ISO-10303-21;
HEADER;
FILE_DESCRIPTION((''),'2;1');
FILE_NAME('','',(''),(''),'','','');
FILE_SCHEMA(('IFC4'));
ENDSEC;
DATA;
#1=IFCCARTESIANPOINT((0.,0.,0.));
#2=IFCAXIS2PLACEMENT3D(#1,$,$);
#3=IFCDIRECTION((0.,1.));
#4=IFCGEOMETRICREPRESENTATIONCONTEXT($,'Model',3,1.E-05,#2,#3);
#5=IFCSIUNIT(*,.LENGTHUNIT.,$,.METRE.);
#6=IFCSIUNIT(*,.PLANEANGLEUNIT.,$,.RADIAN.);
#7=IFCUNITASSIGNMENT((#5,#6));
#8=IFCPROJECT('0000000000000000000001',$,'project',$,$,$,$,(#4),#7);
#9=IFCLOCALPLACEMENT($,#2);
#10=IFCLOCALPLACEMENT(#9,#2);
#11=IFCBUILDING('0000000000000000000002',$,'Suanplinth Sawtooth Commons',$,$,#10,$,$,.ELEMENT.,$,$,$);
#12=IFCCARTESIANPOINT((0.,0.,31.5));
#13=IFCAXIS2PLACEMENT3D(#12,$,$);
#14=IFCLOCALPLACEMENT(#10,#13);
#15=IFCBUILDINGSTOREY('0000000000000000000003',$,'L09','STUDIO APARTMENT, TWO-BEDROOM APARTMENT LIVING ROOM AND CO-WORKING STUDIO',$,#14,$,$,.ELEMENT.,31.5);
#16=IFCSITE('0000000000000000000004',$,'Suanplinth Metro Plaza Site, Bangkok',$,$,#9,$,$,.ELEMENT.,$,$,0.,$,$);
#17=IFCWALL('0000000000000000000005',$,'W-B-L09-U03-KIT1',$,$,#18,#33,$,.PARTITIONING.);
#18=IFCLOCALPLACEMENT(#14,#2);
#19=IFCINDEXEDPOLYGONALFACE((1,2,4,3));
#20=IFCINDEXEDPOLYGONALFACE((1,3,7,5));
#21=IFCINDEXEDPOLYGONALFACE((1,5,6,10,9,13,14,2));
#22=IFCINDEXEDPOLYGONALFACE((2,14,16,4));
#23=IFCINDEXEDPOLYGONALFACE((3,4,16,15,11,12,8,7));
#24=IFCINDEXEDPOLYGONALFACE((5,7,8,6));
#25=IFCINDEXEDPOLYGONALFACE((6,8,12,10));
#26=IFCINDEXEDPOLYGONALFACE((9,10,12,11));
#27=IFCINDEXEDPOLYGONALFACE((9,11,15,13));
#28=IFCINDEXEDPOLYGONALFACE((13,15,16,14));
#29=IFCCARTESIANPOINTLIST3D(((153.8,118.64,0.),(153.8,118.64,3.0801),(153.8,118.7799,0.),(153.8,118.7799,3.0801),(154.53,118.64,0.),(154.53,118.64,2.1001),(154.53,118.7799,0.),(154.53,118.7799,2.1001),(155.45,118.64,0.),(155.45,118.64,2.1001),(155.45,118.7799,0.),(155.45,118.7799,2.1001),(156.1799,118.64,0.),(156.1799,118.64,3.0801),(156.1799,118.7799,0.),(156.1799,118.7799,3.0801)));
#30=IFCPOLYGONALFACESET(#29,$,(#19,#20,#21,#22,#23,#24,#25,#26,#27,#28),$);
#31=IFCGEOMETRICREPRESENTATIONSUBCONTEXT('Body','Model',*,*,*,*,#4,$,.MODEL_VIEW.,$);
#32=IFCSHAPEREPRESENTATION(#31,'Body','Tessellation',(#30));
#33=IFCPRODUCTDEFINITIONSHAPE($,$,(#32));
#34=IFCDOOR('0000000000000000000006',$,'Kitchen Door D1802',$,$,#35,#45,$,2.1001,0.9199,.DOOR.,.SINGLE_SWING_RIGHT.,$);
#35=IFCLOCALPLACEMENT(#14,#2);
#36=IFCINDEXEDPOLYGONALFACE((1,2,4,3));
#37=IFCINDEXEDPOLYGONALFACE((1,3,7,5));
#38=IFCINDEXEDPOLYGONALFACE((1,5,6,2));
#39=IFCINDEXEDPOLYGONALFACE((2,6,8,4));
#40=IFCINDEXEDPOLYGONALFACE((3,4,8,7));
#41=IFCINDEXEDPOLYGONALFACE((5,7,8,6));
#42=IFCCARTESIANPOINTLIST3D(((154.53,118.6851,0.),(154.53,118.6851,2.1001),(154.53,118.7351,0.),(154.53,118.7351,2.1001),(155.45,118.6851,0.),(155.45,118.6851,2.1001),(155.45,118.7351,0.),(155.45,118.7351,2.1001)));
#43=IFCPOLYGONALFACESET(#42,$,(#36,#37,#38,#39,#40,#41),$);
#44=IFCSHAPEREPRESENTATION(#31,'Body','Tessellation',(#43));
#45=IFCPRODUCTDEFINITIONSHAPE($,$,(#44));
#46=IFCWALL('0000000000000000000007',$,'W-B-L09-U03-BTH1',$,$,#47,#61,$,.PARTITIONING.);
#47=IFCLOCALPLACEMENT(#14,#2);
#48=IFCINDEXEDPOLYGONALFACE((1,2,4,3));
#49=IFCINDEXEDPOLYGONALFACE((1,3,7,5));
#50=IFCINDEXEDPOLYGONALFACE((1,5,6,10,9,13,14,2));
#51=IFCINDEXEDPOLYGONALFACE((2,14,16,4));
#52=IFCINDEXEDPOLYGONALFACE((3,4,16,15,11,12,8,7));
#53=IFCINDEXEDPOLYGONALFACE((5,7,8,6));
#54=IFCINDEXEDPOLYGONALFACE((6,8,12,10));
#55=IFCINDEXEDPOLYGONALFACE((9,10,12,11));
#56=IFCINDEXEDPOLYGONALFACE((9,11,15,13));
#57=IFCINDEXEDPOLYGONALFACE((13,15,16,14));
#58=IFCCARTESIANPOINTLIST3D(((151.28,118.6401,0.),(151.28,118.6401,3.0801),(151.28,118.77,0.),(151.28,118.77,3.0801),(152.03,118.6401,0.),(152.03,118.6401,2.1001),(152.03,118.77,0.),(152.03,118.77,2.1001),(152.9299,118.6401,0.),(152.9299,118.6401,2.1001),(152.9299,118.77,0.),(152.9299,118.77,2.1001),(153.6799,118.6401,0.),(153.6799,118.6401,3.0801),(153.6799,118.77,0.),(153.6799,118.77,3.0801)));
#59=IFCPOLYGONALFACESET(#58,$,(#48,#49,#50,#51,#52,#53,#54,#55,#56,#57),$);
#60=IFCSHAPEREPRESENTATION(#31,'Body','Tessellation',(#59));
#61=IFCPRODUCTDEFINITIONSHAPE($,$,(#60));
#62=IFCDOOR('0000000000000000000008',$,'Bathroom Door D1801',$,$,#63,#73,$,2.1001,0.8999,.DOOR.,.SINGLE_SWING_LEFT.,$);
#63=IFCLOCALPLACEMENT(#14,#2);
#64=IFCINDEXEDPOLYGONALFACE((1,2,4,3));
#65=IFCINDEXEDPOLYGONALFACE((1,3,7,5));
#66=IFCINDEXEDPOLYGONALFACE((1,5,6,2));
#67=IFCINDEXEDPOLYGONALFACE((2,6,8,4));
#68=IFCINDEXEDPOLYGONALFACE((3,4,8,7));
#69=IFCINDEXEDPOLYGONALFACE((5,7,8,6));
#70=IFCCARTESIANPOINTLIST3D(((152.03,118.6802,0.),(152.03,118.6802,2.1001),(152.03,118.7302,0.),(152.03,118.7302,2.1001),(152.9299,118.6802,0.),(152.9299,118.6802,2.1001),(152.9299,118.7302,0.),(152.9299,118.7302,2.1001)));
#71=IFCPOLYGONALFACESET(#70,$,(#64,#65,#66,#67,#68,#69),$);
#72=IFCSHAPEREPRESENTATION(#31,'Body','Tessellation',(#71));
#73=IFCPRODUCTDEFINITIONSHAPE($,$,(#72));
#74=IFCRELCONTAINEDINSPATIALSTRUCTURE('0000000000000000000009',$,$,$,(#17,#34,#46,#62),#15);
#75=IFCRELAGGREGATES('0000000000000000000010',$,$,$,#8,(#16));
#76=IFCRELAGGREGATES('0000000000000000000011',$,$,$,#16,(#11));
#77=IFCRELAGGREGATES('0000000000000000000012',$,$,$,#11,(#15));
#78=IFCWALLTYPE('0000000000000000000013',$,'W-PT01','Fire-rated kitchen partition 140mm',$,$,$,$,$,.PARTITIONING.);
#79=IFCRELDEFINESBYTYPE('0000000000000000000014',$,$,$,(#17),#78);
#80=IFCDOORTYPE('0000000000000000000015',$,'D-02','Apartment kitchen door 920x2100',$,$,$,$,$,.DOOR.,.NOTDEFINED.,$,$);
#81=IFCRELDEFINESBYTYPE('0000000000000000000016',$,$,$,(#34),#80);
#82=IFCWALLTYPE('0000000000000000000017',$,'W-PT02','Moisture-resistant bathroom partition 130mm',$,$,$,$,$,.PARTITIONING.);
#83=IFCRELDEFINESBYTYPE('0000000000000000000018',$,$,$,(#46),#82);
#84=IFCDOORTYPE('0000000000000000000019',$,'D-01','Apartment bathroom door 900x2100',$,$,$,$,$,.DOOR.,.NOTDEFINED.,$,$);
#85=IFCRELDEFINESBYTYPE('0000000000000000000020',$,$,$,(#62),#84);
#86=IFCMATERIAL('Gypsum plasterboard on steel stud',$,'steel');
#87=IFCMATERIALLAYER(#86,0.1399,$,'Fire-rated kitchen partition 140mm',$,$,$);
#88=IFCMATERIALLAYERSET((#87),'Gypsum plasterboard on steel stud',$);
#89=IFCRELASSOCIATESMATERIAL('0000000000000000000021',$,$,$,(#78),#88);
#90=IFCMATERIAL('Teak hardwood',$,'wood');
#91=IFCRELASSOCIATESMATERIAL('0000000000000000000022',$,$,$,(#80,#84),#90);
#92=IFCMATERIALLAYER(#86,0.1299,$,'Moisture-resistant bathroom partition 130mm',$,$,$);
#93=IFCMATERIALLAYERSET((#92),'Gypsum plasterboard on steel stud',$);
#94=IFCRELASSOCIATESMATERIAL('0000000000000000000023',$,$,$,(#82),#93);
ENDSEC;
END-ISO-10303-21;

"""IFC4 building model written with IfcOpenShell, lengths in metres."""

from ifc_helpers import new_model, si_unit, direction, frame, frame_2d, origin, place, context, subcontext, project, spatial, rectangle, extrude, material, layer, layer_set, type_object, element, fill, save


model = new_model("IFC4")

# Units and contexts
model_context = context("Model", 3, precision=1e-05, world=origin(), true_north=direction((0.0, 1.0)))
body_context = subcontext(model_context, "Body", "Model", "MODEL_VIEW")
ifc_project = project(units=[si_unit("LENGTHUNIT", "METRE"), si_unit("PLANEANGLEUNIT", "RADIAN")], contexts=[model_context])

# Site, building, storey
site_placement = place(None, origin())
site = spatial("IfcSite", under=ifc_project, at=site_placement, Name="Suanplinth Metro Plaza Site, Bangkok", CompositionType="ELEMENT", RefElevation=0.0)
building_placement = place(site_placement, origin())
building = spatial("IfcBuilding", under=site, at=building_placement, Name="Suanplinth Sawtooth Commons", CompositionType="ELEMENT")
storey_placement = place(building_placement, frame((0.0, 0.0, 31.5)))
storey = spatial("IfcBuildingStorey", under=building, at=storey_placement, Name="L09", Description="STUDIO APARTMENT, TWO-BEDROOM APARTMENT LIVING ROOM AND CO-WORKING STUDIO", CompositionType="ELEMENT", Elevation=31.5)

# Walls, openings, doors
ifc_material_1 = material(Name="Gypsum plasterboard on steel stud", Category="steel")
ifc_layer_1 = layer(ifc_material_1, 0.1399, Name="Fire-rated kitchen partition 140mm")
ifc_layer_set_1 = layer_set([ifc_layer_1], Name="Gypsum plasterboard on steel stud")
wall_type_1 = type_object("IfcWallType", Name="W-PT01", Description="Fire-rated kitchen partition 140mm", PredefinedType="PARTITIONING", material=ifc_layer_set_1)
wall_1_placement = place(storey_placement, frame((153.8, 118.71, 0.0), z_axis=(0.0, 0.0, 1.0), x_axis=(1.0, 0.0, 0.0)))
wall_1 = element("IfcWall", 1, at=wall_1_placement, inside=storey, type_object=wall_type_1, Name="W-B-L09-U03-KIT1", PredefinedType="PARTITIONING", context=body_context, shape_type="SweptSolid", body=[
    extrude(rectangle(XDim=2.3799, YDim=0.1399, at=frame_2d((1.1899, 0.0))), origin(), (0.0, 0.0, 1.0), 3.0801),
])
opening_1_placement = place(wall_1_placement, frame((0.73, 0.0, 0.0)))
opening_1 = element("IfcOpeningElement", 2, at=opening_1_placement, cuts=wall_1, PredefinedType="OPENING", context=body_context, shape_type="SweptSolid", body=[
    extrude(rectangle(XDim=0.9199, YDim=2.1001, at=frame_2d((0.46, 1.05))), frame((0.0, 0.085, 0.0), z_axis=(0.0, -1.0, 0.0), x_axis=(1.0, 0.0, 0.0)), (0.0, 0.0, 1.0), 0.1697),
])
ifc_material_2 = material(Name="Teak hardwood", Category="wood")
door_type_1 = type_object("IfcDoorType", Name="D-02", Description="Apartment kitchen door 920x2100", OperationType="NOTDEFINED", PredefinedType="DOOR", material=ifc_material_2)
door_1_placement = place(opening_1_placement, frame((0.9199, 0.0, 0.0), z_axis=(0.0, 0.0, 1.0), x_axis=(-1.0, 0.0, 0.0)))
door_1 = element("IfcDoor", 3, at=door_1_placement, inside=storey, type_object=door_type_1, Name="Kitchen Door D1802", OperationType="SINGLE_SWING_RIGHT", OverallHeight=2.1001, OverallWidth=0.9199, PredefinedType="DOOR", context=body_context, shape_type="SweptSolid", body=[
    extrude(rectangle(XDim=0.9199, YDim=2.1001, at=frame_2d((0.46, 1.05))), frame((0.0, 0.0249, 0.0), z_axis=(0.0, -1.0, 0.0), x_axis=(1.0, 0.0, 0.0)), (0.0, 0.0, 1.0), 0.05),
])
fill(opening_1, door_1)
ifc_layer_2 = layer(ifc_material_1, 0.1299, Name="Moisture-resistant bathroom partition 130mm")
ifc_layer_set_2 = layer_set([ifc_layer_2], Name="Gypsum plasterboard on steel stud")
wall_type_2 = type_object("IfcWallType", Name="W-PT02", Description="Moisture-resistant bathroom partition 130mm", PredefinedType="PARTITIONING", material=ifc_layer_set_2)
wall_2_placement = place(storey_placement, frame((151.28, 118.7051, 0.0), z_axis=(0.0, 0.0, 1.0), x_axis=(1.0, 0.0, 0.0)))
wall_2 = element("IfcWall", 4, at=wall_2_placement, inside=storey, type_object=wall_type_2, Name="W-B-L09-U03-BTH1", PredefinedType="PARTITIONING", context=body_context, shape_type="SweptSolid", body=[
    extrude(rectangle(XDim=2.3999, YDim=0.1299, at=frame_2d((1.2, 0.0))), origin(), (0.0, 0.0, 1.0), 3.0801),
])
opening_2_placement = place(wall_2_placement, frame((0.75, 0.0, 0.0)))
opening_2 = element("IfcOpeningElement", 5, at=opening_2_placement, cuts=wall_2, PredefinedType="OPENING", context=body_context, shape_type="SweptSolid", body=[
    extrude(rectangle(XDim=0.8999, YDim=2.1001, at=frame_2d((0.45, 1.05))), frame((0.0, 0.0798, 0.0), z_axis=(0.0, -1.0, 0.0), x_axis=(1.0, 0.0, 0.0)), (0.0, 0.0, 1.0), 0.1597),
])
door_type_2 = type_object("IfcDoorType", Name="D-01", Description="Apartment bathroom door 900x2100", OperationType="NOTDEFINED", PredefinedType="DOOR", material=ifc_material_2)
door_2_placement = place(opening_2_placement, frame((0.8999, 0.0, 0.0), z_axis=(0.0, 0.0, 1.0), x_axis=(-1.0, 0.0, 0.0)))
door_2 = element("IfcDoor", 6, at=door_2_placement, inside=storey, type_object=door_type_2, Name="Bathroom Door D1801", OperationType="SINGLE_SWING_LEFT", OverallHeight=2.1001, OverallWidth=0.8999, PredefinedType="DOOR", context=body_context, shape_type="SweptSolid", body=[
    extrude(rectangle(XDim=0.8999, YDim=2.1001, at=frame_2d((0.45, 1.05))), frame((0.0, 0.0249, 0.0), z_axis=(0.0, -1.0, 0.0), x_axis=(1.0, 0.0, 0.0)), (0.0, 0.0, 1.0), 0.05),
])
fill(opening_2, door_2)

save(model, "model.ifc")
